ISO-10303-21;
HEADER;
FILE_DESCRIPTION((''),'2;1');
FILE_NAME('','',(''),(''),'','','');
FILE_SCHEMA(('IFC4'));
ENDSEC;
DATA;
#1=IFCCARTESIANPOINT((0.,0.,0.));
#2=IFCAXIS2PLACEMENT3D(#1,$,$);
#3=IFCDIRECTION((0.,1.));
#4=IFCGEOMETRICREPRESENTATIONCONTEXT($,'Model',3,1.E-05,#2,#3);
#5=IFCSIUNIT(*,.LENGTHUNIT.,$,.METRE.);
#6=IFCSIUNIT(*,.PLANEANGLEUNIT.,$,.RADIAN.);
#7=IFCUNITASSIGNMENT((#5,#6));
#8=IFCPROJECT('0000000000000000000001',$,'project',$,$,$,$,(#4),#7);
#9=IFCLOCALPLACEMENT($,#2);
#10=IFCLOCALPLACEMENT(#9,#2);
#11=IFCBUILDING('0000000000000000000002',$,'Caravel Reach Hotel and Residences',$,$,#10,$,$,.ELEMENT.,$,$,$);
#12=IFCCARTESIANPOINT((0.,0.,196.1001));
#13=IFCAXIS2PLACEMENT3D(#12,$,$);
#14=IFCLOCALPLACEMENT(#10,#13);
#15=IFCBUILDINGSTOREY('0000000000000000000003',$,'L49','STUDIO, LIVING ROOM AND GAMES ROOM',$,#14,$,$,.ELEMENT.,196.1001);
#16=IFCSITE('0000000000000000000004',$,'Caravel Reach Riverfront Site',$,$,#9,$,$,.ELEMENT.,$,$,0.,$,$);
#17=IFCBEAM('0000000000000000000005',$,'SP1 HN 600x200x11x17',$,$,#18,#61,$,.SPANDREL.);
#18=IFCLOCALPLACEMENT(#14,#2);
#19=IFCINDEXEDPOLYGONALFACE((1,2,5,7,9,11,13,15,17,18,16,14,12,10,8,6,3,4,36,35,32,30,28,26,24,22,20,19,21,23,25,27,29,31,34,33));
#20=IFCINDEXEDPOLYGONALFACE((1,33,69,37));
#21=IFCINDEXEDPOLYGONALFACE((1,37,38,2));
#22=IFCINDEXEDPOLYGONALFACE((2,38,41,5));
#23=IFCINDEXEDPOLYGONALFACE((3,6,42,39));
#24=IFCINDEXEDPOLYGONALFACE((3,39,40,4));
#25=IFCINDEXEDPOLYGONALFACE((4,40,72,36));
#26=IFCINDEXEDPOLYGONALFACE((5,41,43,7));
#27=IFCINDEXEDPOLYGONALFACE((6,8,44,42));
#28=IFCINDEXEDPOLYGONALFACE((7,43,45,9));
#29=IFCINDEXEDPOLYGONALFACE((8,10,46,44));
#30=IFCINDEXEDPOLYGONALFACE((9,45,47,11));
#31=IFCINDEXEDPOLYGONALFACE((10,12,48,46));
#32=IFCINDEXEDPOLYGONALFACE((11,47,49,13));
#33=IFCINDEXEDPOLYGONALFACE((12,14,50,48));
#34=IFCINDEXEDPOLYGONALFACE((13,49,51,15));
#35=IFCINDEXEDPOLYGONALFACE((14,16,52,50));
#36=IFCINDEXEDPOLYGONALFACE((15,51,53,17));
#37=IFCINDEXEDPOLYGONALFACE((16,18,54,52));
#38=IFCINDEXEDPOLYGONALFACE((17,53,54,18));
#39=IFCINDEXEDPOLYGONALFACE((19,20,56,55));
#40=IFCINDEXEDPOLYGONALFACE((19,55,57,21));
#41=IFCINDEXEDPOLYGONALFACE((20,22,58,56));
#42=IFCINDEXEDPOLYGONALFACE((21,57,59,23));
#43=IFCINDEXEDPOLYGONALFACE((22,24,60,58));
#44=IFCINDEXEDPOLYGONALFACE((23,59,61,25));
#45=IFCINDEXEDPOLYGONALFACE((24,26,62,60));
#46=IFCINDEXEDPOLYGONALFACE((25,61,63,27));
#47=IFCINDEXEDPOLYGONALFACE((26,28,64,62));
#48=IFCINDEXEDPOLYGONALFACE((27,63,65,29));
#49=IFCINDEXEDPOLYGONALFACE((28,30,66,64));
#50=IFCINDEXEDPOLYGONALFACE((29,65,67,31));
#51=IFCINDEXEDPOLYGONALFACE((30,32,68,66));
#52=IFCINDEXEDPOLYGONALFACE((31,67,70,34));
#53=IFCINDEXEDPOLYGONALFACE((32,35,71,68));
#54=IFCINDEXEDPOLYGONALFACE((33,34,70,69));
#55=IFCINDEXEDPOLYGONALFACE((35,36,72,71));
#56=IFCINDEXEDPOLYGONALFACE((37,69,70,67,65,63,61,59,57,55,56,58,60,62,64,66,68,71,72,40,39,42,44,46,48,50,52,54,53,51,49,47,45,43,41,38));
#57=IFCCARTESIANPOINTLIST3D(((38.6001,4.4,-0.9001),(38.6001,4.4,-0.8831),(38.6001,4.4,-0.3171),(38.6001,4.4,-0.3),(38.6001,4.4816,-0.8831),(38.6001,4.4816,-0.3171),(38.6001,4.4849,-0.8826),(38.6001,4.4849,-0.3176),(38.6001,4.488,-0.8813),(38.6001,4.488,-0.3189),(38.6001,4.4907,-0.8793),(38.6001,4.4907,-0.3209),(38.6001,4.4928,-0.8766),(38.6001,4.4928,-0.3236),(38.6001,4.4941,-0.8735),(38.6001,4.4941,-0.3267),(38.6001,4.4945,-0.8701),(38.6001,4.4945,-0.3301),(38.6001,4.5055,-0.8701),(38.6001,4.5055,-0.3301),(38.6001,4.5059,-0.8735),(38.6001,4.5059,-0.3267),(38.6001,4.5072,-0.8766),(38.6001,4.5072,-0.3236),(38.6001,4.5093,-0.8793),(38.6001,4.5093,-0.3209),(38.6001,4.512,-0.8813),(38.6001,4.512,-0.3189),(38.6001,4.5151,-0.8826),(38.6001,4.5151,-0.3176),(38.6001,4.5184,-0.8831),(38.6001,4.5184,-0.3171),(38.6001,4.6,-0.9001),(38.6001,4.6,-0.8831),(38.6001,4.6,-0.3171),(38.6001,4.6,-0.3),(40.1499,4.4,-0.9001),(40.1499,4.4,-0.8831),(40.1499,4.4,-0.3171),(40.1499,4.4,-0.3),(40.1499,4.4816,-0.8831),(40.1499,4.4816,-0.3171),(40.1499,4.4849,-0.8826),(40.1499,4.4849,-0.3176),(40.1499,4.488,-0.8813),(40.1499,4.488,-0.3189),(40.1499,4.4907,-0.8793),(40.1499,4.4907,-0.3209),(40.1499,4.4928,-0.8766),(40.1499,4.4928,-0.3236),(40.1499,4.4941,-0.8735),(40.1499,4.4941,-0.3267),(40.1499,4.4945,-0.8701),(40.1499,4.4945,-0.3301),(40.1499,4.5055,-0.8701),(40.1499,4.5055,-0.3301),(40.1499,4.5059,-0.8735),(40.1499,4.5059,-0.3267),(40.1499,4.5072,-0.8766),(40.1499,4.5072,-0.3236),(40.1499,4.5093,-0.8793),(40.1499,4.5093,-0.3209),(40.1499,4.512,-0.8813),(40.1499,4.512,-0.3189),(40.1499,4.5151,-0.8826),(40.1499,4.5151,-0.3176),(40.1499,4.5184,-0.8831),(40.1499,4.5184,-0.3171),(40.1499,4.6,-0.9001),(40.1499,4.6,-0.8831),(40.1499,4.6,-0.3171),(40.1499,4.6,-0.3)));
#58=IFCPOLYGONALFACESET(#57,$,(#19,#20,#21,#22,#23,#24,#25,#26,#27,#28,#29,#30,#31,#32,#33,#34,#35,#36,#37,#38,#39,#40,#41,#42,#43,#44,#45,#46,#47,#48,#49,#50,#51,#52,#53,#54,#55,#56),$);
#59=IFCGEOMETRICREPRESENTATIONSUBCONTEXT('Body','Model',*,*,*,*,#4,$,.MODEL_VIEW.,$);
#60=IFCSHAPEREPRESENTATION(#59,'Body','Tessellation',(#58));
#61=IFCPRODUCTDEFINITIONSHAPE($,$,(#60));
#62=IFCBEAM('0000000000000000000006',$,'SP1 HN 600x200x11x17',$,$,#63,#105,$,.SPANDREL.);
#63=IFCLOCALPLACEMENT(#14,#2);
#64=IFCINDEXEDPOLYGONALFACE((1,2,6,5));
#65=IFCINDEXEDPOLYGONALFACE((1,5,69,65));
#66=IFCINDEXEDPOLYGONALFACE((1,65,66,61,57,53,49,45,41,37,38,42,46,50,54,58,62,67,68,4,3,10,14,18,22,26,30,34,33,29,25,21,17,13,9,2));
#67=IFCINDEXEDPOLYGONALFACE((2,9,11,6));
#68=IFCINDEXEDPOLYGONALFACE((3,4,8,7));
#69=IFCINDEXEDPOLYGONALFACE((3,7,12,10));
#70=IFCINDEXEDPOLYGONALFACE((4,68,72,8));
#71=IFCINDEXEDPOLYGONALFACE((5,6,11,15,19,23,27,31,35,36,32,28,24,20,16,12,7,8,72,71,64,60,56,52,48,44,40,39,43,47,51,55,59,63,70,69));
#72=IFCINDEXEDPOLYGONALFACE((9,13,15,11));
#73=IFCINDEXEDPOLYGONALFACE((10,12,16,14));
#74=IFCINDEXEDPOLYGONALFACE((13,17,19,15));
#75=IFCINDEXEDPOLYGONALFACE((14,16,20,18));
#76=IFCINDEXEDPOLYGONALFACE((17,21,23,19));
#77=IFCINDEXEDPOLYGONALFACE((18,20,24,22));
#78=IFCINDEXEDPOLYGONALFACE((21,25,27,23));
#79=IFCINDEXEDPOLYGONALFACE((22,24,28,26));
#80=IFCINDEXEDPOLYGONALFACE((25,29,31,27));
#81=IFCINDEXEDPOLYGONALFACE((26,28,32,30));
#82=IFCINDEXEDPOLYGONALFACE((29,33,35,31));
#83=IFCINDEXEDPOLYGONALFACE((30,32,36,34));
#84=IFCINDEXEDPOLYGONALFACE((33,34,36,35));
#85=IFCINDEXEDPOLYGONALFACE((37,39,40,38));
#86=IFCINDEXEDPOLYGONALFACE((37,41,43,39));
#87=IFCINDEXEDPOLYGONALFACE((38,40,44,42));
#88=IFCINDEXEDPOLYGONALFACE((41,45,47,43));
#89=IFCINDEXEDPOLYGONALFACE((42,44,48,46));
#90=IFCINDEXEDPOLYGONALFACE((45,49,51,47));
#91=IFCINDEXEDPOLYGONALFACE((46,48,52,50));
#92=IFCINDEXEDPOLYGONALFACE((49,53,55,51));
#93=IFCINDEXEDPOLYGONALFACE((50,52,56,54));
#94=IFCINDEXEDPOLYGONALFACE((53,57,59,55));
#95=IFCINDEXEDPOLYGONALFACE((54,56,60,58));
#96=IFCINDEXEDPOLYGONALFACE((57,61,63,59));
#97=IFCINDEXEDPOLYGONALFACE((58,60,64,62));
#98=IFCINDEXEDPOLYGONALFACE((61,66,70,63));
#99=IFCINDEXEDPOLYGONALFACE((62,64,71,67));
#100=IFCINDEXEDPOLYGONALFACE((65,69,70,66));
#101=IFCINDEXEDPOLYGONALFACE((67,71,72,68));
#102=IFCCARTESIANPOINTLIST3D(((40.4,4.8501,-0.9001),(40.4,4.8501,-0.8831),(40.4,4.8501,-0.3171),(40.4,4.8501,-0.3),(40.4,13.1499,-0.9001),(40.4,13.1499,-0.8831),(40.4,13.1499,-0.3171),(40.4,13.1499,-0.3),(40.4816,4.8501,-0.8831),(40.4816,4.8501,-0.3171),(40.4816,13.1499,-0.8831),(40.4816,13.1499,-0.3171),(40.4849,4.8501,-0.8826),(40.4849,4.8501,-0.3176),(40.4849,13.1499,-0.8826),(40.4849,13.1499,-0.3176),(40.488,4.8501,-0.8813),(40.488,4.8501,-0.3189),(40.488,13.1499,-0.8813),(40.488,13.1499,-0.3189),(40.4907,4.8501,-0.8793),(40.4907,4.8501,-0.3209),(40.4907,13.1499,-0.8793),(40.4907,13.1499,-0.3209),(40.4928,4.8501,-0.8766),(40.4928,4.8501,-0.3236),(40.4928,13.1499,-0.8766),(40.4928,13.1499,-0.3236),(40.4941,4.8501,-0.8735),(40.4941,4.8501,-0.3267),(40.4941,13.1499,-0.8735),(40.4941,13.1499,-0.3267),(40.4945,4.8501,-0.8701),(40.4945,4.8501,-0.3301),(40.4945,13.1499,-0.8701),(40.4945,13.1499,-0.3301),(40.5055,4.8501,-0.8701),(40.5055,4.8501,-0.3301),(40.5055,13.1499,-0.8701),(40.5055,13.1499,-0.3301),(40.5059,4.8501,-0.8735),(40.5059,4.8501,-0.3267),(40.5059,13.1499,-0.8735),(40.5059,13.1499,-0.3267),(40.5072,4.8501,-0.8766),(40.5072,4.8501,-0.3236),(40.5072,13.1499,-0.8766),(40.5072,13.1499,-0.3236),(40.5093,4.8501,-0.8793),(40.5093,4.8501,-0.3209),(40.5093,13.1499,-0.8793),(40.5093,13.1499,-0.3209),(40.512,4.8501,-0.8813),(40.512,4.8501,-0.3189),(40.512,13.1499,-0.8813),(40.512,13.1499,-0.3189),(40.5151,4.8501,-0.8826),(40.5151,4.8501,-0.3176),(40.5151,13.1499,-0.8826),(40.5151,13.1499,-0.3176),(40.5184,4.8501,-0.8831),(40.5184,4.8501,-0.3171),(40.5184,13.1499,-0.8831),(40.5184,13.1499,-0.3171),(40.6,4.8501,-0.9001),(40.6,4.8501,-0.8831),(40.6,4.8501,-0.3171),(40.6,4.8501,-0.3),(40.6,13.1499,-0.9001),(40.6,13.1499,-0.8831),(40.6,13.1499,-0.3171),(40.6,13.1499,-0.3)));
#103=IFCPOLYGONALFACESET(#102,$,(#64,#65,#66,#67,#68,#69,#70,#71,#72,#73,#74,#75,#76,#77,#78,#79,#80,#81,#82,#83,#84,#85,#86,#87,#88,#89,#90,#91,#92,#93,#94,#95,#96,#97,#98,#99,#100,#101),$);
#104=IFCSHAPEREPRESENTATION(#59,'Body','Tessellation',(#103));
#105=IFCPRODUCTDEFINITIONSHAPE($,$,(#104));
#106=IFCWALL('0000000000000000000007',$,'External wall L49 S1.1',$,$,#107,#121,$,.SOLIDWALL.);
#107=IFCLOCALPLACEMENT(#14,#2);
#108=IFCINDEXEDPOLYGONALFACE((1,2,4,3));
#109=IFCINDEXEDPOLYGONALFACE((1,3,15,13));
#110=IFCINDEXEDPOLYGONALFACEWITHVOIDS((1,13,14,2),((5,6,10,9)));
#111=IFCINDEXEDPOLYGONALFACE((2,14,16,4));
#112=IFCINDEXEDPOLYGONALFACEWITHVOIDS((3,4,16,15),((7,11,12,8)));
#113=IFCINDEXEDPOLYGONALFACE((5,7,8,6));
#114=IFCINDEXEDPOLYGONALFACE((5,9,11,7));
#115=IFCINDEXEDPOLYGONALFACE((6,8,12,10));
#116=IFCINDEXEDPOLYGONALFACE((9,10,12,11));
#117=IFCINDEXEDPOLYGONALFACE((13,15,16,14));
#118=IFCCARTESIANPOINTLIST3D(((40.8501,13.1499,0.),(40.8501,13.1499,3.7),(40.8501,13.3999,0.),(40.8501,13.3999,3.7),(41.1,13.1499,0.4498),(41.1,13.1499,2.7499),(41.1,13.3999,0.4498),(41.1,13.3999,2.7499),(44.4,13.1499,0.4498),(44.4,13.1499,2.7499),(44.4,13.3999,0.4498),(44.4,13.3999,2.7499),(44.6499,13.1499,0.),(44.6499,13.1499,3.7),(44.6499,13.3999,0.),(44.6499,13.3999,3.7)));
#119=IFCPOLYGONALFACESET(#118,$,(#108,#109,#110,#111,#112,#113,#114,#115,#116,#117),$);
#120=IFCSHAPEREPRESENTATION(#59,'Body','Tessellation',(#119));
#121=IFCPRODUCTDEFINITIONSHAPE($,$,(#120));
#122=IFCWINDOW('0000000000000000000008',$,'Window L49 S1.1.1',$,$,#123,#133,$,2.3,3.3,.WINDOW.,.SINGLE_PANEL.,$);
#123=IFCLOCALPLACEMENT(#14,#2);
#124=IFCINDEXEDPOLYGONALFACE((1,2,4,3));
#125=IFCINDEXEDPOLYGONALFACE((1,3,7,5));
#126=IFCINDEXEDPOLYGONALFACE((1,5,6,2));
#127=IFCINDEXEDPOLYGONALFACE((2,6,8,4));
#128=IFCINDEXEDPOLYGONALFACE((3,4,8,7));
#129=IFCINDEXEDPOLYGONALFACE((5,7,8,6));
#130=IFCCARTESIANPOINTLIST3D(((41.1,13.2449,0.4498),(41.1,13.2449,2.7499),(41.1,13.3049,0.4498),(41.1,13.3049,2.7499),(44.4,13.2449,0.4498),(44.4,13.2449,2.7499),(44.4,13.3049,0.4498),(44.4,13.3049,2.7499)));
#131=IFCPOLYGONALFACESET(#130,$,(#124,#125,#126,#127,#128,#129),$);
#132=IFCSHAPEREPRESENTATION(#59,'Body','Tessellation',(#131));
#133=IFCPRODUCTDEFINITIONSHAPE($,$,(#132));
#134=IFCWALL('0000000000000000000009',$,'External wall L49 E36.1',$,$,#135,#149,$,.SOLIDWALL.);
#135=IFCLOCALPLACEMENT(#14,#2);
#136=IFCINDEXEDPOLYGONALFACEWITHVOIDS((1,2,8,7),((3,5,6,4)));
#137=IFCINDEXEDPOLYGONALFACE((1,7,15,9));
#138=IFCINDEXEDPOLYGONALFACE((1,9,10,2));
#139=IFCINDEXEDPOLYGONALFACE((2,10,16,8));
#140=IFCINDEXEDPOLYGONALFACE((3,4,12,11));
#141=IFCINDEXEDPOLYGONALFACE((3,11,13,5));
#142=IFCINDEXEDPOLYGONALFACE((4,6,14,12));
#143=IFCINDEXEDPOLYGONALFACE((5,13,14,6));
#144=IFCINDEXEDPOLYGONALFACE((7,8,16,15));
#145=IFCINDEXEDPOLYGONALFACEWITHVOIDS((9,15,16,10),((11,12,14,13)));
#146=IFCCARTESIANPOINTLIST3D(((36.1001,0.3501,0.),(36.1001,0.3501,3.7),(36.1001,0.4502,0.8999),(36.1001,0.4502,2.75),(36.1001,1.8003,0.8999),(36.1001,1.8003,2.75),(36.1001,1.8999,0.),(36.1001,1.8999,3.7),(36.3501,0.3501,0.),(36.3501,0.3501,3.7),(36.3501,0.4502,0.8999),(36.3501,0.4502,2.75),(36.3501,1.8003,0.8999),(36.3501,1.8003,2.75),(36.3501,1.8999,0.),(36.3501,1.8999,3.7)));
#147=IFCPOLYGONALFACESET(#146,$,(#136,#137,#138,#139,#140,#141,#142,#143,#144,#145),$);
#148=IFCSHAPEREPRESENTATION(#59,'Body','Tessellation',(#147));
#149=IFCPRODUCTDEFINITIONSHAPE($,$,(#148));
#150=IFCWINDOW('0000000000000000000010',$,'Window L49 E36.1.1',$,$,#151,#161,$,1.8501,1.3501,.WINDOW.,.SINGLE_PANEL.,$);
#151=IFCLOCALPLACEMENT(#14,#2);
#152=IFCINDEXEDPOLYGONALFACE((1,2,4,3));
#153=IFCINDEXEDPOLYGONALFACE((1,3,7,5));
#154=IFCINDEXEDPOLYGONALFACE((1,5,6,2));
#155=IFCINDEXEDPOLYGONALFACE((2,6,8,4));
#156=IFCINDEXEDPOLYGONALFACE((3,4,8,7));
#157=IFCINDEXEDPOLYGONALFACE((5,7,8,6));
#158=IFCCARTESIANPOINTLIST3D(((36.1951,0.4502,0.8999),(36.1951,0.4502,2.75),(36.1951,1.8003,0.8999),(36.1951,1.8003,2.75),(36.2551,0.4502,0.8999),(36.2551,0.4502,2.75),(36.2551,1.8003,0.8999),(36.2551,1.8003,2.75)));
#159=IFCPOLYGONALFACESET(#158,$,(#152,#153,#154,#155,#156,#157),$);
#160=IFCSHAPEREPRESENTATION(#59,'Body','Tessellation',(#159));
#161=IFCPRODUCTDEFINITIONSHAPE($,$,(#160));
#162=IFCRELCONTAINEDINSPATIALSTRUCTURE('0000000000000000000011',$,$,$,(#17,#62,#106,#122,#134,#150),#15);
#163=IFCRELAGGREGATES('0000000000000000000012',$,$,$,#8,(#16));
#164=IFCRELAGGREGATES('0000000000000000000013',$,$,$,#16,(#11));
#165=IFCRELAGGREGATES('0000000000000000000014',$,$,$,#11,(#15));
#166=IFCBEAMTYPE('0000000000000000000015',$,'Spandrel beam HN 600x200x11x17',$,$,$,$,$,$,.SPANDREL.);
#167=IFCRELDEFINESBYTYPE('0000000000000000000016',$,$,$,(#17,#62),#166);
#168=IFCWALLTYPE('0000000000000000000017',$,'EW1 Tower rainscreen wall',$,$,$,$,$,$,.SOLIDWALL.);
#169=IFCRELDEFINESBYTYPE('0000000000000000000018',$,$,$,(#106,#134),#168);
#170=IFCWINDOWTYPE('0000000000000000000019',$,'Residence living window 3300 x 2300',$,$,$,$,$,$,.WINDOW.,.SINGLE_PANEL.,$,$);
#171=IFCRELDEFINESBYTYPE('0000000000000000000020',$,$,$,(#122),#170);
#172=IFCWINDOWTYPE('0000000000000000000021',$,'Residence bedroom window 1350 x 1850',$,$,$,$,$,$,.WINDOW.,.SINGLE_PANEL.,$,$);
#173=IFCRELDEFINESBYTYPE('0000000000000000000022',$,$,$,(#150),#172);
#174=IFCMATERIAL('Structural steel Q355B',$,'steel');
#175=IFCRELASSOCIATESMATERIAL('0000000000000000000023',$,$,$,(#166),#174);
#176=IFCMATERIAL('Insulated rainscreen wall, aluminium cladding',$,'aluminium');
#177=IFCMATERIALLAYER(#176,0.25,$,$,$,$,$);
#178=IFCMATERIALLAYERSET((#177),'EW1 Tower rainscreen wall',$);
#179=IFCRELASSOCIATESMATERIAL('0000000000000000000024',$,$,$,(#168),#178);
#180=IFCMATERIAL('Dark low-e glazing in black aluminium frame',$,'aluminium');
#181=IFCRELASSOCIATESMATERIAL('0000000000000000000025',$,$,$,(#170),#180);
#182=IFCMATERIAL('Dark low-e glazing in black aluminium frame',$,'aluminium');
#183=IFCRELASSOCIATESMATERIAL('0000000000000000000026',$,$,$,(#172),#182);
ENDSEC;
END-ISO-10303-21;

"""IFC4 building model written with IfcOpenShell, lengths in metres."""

from ifc_helpers import new_model, si_unit, direction, frame, frame_2d, origin, origin_2d, place, context, subcontext, project, spatial, rectangle, i_section, extrude, material, layer, layer_set, material_profile, profile_set, type_object, element, fill, save


model = new_model("IFC4")

# Units and contexts
model_context = context("Model", 3, precision=1e-05, world=origin(), true_north=direction((0.0, 1.0)))
body_context = subcontext(model_context, "Body", "Model", "MODEL_VIEW")
ifc_project = project(units=[si_unit("LENGTHUNIT", "METRE"), si_unit("PLANEANGLEUNIT", "RADIAN")], contexts=[model_context])

# Site, building, storey
site_placement = place(None, origin())
site = spatial("IfcSite", under=ifc_project, at=site_placement, Name="Caravel Reach Riverfront Site", CompositionType="ELEMENT", RefElevation=0.0)
building_placement = place(site_placement, origin())
building = spatial("IfcBuilding", under=site, at=building_placement, Name="Caravel Reach Hotel and Residences", CompositionType="ELEMENT")
storey_placement = place(building_placement, frame((0.0, 0.0, 196.1001)))
storey = spatial("IfcBuildingStorey", under=building, at=storey_placement, Name="L49", Description="STUDIO, LIVING ROOM AND GAMES ROOM", CompositionType="ELEMENT", Elevation=196.1001)

# Beams
ifc_material_1 = material(Name="Structural steel Q355B", Category="steel")
ifc_material_profile_1 = material_profile(ifc_material_1, i_section(OverallWidth=0.2, OverallDepth=0.6001, WebThickness=0.011, FlangeThickness=0.0171, FilletRadius=0.0129, at=origin_2d()), Name="HN 600x200x11x17")
ifc_profile_set_1 = profile_set([ifc_material_profile_1], Name="Structural steel Q355B")
beam_type_1 = type_object("IfcBeamType", Name="Spandrel beam HN 600x200x11x17", PredefinedType="SPANDREL", material=ifc_profile_set_1)
for number, where, z_axis, x_axis, name in (
    (1, (38.6001, 4.5, -0.6001), (1.0, 0.0, 0.0), (0.0, 1.0, 0.0), "SP1 HN 600x200x11x17"),
):
    element("IfcBeam", number, at=place(storey_placement, frame(where, z_axis=z_axis, x_axis=x_axis)), inside=storey, type_object=beam_type_1, Name=name, PredefinedType="SPANDREL", context=body_context, shape_type="SweptSolid", body=[
        extrude(i_section(OverallWidth=0.2, OverallDepth=0.6001, WebThickness=0.011, FlangeThickness=0.0171, FilletRadius=0.0129, at=origin_2d()), origin(), (0.0, 0.0, 1.0), 1.5498),
    ])
beam_1_placement = place(storey_placement, frame((40.5, 4.8501, -0.6001), z_axis=(0.0, 1.0, 0.0), x_axis=(-1.0, 0.0, 0.0)))
element("IfcBeam", 2, at=beam_1_placement, inside=storey, type_object=beam_type_1, Name="SP1 HN 600x200x11x17", PredefinedType="SPANDREL", context=body_context, shape_type="SweptSolid", body=[
    extrude(i_section(OverallWidth=0.2, OverallDepth=0.6001, WebThickness=0.011, FlangeThickness=0.0171, FilletRadius=0.0129, at=origin_2d()), origin(), (0.0, 0.0, 1.0), 8.2998),
])

# Walls, openings, windows
ifc_material_2 = material(Name="Insulated rainscreen wall, aluminium cladding", Category="aluminium")
ifc_layer_1 = layer(ifc_material_2, 0.25)
ifc_layer_set_1 = layer_set([ifc_layer_1], Name="EW1 Tower rainscreen wall")
wall_type_1 = type_object("IfcWallType", Name="EW1 Tower rainscreen wall", PredefinedType="SOLIDWALL", material=ifc_layer_set_1)
wall_1_placement = place(storey_placement, frame((40.8501, 13.2749, 0.0), z_axis=(0.0, 0.0, 1.0), x_axis=(1.0, 0.0, 0.0)))
wall_1 = element("IfcWall", 3, at=wall_1_placement, inside=storey, type_object=wall_type_1, Name="External wall L49 S1.1", PredefinedType="SOLIDWALL", context=body_context, shape_type="SweptSolid", body=[
    extrude(rectangle(XDim=3.7998, YDim=0.25, at=frame_2d((1.8999, 0.0))), origin(), (0.0, 0.0, 1.0), 3.7),
])
opening_1_placement = place(wall_1_placement, frame((0.25, 0.0, 0.45)))
opening_1 = element("IfcOpeningElement", 4, at=opening_1_placement, cuts=wall_1, PredefinedType="OPENING", context=body_context, shape_type="SweptSolid", body=[
    extrude(rectangle(XDim=3.3, YDim=2.3, at=frame_2d((1.6499, 1.1499))), frame((0.0, 0.135, 0.0), z_axis=(0.0, -1.0, 0.0), x_axis=(1.0, 0.0, 0.0)), (0.0, 0.0, 1.0), 0.27),
])
ifc_material_3 = material(Name="Dark low-e glazing in black aluminium frame", Category="aluminium")
window_type_1 = type_object("IfcWindowType", Name="Residence living window 3300 x 2300", PartitioningType="SINGLE_PANEL", PredefinedType="WINDOW", material=ifc_material_3)
window_1_placement = place(opening_1_placement, origin())
window_1 = element("IfcWindow", 5, at=window_1_placement, inside=storey, type_object=window_type_1, Name="Window L49 S1.1.1", OverallHeight=2.3, OverallWidth=3.3, PartitioningType="SINGLE_PANEL", PredefinedType="WINDOW", context=body_context, shape_type="SweptSolid", body=[
    extrude(rectangle(XDim=3.3, YDim=2.3, at=frame_2d((1.6499, 1.1499))), frame((0.0, 0.03, 0.0), z_axis=(0.0, -1.0, 0.0), x_axis=(1.0, 0.0, 0.0)), (0.0, 0.0, 1.0), 0.0601),
])
fill(opening_1, window_1)
wall_2_placement = place(storey_placement, frame((36.2251, 0.3501, 0.0), z_axis=(0.0, 0.0, 1.0), x_axis=(0.0, 1.0, 0.0)))
wall_2 = element("IfcWall", 6, at=wall_2_placement, inside=storey, type_object=wall_type_1, Name="External wall L49 E36.1", PredefinedType="SOLIDWALL", context=body_context, shape_type="SweptSolid", body=[
    extrude(rectangle(XDim=1.5498, YDim=0.25, at=frame_2d((0.7749, 0.0))), origin(), (0.0, 0.0, 1.0), 3.7),
])
opening_2_placement = place(wall_2_placement, frame((0.1001, 0.0, 0.8999)))
opening_2 = element("IfcOpeningElement", 7, at=opening_2_placement, cuts=wall_2, PredefinedType="OPENING", context=body_context, shape_type="SweptSolid", body=[
    extrude(rectangle(XDim=1.3501, YDim=1.8501, at=frame_2d((0.675, 0.925))), frame((0.0, 0.135, 0.0), z_axis=(0.0, -1.0, 0.0), x_axis=(1.0, 0.0, 0.0)), (0.0, 0.0, 1.0), 0.27),
])
ifc_material_4 = material(Name="Dark low-e glazing in black aluminium frame", Category="aluminium")
window_type_2 = type_object("IfcWindowType", Name="Residence bedroom window 1350 x 1850", PartitioningType="SINGLE_PANEL", PredefinedType="WINDOW", material=ifc_material_4)
window_2_placement = place(opening_2_placement, origin())
window_2 = element("IfcWindow", 8, at=window_2_placement, inside=storey, type_object=window_type_2, Name="Window L49 E36.1.1", OverallHeight=1.8501, OverallWidth=1.3501, PartitioningType="SINGLE_PANEL", PredefinedType="WINDOW", context=body_context, shape_type="SweptSolid", body=[
    extrude(rectangle(XDim=1.3501, YDim=1.8501, at=frame_2d((0.675, 0.925))), frame((0.0, 0.03, 0.0), z_axis=(0.0, -1.0, 0.0), x_axis=(1.0, 0.0, 0.0)), (0.0, 0.0, 1.0), 0.0601),
])
fill(opening_2, window_2)

save(model, "model.ifc")
